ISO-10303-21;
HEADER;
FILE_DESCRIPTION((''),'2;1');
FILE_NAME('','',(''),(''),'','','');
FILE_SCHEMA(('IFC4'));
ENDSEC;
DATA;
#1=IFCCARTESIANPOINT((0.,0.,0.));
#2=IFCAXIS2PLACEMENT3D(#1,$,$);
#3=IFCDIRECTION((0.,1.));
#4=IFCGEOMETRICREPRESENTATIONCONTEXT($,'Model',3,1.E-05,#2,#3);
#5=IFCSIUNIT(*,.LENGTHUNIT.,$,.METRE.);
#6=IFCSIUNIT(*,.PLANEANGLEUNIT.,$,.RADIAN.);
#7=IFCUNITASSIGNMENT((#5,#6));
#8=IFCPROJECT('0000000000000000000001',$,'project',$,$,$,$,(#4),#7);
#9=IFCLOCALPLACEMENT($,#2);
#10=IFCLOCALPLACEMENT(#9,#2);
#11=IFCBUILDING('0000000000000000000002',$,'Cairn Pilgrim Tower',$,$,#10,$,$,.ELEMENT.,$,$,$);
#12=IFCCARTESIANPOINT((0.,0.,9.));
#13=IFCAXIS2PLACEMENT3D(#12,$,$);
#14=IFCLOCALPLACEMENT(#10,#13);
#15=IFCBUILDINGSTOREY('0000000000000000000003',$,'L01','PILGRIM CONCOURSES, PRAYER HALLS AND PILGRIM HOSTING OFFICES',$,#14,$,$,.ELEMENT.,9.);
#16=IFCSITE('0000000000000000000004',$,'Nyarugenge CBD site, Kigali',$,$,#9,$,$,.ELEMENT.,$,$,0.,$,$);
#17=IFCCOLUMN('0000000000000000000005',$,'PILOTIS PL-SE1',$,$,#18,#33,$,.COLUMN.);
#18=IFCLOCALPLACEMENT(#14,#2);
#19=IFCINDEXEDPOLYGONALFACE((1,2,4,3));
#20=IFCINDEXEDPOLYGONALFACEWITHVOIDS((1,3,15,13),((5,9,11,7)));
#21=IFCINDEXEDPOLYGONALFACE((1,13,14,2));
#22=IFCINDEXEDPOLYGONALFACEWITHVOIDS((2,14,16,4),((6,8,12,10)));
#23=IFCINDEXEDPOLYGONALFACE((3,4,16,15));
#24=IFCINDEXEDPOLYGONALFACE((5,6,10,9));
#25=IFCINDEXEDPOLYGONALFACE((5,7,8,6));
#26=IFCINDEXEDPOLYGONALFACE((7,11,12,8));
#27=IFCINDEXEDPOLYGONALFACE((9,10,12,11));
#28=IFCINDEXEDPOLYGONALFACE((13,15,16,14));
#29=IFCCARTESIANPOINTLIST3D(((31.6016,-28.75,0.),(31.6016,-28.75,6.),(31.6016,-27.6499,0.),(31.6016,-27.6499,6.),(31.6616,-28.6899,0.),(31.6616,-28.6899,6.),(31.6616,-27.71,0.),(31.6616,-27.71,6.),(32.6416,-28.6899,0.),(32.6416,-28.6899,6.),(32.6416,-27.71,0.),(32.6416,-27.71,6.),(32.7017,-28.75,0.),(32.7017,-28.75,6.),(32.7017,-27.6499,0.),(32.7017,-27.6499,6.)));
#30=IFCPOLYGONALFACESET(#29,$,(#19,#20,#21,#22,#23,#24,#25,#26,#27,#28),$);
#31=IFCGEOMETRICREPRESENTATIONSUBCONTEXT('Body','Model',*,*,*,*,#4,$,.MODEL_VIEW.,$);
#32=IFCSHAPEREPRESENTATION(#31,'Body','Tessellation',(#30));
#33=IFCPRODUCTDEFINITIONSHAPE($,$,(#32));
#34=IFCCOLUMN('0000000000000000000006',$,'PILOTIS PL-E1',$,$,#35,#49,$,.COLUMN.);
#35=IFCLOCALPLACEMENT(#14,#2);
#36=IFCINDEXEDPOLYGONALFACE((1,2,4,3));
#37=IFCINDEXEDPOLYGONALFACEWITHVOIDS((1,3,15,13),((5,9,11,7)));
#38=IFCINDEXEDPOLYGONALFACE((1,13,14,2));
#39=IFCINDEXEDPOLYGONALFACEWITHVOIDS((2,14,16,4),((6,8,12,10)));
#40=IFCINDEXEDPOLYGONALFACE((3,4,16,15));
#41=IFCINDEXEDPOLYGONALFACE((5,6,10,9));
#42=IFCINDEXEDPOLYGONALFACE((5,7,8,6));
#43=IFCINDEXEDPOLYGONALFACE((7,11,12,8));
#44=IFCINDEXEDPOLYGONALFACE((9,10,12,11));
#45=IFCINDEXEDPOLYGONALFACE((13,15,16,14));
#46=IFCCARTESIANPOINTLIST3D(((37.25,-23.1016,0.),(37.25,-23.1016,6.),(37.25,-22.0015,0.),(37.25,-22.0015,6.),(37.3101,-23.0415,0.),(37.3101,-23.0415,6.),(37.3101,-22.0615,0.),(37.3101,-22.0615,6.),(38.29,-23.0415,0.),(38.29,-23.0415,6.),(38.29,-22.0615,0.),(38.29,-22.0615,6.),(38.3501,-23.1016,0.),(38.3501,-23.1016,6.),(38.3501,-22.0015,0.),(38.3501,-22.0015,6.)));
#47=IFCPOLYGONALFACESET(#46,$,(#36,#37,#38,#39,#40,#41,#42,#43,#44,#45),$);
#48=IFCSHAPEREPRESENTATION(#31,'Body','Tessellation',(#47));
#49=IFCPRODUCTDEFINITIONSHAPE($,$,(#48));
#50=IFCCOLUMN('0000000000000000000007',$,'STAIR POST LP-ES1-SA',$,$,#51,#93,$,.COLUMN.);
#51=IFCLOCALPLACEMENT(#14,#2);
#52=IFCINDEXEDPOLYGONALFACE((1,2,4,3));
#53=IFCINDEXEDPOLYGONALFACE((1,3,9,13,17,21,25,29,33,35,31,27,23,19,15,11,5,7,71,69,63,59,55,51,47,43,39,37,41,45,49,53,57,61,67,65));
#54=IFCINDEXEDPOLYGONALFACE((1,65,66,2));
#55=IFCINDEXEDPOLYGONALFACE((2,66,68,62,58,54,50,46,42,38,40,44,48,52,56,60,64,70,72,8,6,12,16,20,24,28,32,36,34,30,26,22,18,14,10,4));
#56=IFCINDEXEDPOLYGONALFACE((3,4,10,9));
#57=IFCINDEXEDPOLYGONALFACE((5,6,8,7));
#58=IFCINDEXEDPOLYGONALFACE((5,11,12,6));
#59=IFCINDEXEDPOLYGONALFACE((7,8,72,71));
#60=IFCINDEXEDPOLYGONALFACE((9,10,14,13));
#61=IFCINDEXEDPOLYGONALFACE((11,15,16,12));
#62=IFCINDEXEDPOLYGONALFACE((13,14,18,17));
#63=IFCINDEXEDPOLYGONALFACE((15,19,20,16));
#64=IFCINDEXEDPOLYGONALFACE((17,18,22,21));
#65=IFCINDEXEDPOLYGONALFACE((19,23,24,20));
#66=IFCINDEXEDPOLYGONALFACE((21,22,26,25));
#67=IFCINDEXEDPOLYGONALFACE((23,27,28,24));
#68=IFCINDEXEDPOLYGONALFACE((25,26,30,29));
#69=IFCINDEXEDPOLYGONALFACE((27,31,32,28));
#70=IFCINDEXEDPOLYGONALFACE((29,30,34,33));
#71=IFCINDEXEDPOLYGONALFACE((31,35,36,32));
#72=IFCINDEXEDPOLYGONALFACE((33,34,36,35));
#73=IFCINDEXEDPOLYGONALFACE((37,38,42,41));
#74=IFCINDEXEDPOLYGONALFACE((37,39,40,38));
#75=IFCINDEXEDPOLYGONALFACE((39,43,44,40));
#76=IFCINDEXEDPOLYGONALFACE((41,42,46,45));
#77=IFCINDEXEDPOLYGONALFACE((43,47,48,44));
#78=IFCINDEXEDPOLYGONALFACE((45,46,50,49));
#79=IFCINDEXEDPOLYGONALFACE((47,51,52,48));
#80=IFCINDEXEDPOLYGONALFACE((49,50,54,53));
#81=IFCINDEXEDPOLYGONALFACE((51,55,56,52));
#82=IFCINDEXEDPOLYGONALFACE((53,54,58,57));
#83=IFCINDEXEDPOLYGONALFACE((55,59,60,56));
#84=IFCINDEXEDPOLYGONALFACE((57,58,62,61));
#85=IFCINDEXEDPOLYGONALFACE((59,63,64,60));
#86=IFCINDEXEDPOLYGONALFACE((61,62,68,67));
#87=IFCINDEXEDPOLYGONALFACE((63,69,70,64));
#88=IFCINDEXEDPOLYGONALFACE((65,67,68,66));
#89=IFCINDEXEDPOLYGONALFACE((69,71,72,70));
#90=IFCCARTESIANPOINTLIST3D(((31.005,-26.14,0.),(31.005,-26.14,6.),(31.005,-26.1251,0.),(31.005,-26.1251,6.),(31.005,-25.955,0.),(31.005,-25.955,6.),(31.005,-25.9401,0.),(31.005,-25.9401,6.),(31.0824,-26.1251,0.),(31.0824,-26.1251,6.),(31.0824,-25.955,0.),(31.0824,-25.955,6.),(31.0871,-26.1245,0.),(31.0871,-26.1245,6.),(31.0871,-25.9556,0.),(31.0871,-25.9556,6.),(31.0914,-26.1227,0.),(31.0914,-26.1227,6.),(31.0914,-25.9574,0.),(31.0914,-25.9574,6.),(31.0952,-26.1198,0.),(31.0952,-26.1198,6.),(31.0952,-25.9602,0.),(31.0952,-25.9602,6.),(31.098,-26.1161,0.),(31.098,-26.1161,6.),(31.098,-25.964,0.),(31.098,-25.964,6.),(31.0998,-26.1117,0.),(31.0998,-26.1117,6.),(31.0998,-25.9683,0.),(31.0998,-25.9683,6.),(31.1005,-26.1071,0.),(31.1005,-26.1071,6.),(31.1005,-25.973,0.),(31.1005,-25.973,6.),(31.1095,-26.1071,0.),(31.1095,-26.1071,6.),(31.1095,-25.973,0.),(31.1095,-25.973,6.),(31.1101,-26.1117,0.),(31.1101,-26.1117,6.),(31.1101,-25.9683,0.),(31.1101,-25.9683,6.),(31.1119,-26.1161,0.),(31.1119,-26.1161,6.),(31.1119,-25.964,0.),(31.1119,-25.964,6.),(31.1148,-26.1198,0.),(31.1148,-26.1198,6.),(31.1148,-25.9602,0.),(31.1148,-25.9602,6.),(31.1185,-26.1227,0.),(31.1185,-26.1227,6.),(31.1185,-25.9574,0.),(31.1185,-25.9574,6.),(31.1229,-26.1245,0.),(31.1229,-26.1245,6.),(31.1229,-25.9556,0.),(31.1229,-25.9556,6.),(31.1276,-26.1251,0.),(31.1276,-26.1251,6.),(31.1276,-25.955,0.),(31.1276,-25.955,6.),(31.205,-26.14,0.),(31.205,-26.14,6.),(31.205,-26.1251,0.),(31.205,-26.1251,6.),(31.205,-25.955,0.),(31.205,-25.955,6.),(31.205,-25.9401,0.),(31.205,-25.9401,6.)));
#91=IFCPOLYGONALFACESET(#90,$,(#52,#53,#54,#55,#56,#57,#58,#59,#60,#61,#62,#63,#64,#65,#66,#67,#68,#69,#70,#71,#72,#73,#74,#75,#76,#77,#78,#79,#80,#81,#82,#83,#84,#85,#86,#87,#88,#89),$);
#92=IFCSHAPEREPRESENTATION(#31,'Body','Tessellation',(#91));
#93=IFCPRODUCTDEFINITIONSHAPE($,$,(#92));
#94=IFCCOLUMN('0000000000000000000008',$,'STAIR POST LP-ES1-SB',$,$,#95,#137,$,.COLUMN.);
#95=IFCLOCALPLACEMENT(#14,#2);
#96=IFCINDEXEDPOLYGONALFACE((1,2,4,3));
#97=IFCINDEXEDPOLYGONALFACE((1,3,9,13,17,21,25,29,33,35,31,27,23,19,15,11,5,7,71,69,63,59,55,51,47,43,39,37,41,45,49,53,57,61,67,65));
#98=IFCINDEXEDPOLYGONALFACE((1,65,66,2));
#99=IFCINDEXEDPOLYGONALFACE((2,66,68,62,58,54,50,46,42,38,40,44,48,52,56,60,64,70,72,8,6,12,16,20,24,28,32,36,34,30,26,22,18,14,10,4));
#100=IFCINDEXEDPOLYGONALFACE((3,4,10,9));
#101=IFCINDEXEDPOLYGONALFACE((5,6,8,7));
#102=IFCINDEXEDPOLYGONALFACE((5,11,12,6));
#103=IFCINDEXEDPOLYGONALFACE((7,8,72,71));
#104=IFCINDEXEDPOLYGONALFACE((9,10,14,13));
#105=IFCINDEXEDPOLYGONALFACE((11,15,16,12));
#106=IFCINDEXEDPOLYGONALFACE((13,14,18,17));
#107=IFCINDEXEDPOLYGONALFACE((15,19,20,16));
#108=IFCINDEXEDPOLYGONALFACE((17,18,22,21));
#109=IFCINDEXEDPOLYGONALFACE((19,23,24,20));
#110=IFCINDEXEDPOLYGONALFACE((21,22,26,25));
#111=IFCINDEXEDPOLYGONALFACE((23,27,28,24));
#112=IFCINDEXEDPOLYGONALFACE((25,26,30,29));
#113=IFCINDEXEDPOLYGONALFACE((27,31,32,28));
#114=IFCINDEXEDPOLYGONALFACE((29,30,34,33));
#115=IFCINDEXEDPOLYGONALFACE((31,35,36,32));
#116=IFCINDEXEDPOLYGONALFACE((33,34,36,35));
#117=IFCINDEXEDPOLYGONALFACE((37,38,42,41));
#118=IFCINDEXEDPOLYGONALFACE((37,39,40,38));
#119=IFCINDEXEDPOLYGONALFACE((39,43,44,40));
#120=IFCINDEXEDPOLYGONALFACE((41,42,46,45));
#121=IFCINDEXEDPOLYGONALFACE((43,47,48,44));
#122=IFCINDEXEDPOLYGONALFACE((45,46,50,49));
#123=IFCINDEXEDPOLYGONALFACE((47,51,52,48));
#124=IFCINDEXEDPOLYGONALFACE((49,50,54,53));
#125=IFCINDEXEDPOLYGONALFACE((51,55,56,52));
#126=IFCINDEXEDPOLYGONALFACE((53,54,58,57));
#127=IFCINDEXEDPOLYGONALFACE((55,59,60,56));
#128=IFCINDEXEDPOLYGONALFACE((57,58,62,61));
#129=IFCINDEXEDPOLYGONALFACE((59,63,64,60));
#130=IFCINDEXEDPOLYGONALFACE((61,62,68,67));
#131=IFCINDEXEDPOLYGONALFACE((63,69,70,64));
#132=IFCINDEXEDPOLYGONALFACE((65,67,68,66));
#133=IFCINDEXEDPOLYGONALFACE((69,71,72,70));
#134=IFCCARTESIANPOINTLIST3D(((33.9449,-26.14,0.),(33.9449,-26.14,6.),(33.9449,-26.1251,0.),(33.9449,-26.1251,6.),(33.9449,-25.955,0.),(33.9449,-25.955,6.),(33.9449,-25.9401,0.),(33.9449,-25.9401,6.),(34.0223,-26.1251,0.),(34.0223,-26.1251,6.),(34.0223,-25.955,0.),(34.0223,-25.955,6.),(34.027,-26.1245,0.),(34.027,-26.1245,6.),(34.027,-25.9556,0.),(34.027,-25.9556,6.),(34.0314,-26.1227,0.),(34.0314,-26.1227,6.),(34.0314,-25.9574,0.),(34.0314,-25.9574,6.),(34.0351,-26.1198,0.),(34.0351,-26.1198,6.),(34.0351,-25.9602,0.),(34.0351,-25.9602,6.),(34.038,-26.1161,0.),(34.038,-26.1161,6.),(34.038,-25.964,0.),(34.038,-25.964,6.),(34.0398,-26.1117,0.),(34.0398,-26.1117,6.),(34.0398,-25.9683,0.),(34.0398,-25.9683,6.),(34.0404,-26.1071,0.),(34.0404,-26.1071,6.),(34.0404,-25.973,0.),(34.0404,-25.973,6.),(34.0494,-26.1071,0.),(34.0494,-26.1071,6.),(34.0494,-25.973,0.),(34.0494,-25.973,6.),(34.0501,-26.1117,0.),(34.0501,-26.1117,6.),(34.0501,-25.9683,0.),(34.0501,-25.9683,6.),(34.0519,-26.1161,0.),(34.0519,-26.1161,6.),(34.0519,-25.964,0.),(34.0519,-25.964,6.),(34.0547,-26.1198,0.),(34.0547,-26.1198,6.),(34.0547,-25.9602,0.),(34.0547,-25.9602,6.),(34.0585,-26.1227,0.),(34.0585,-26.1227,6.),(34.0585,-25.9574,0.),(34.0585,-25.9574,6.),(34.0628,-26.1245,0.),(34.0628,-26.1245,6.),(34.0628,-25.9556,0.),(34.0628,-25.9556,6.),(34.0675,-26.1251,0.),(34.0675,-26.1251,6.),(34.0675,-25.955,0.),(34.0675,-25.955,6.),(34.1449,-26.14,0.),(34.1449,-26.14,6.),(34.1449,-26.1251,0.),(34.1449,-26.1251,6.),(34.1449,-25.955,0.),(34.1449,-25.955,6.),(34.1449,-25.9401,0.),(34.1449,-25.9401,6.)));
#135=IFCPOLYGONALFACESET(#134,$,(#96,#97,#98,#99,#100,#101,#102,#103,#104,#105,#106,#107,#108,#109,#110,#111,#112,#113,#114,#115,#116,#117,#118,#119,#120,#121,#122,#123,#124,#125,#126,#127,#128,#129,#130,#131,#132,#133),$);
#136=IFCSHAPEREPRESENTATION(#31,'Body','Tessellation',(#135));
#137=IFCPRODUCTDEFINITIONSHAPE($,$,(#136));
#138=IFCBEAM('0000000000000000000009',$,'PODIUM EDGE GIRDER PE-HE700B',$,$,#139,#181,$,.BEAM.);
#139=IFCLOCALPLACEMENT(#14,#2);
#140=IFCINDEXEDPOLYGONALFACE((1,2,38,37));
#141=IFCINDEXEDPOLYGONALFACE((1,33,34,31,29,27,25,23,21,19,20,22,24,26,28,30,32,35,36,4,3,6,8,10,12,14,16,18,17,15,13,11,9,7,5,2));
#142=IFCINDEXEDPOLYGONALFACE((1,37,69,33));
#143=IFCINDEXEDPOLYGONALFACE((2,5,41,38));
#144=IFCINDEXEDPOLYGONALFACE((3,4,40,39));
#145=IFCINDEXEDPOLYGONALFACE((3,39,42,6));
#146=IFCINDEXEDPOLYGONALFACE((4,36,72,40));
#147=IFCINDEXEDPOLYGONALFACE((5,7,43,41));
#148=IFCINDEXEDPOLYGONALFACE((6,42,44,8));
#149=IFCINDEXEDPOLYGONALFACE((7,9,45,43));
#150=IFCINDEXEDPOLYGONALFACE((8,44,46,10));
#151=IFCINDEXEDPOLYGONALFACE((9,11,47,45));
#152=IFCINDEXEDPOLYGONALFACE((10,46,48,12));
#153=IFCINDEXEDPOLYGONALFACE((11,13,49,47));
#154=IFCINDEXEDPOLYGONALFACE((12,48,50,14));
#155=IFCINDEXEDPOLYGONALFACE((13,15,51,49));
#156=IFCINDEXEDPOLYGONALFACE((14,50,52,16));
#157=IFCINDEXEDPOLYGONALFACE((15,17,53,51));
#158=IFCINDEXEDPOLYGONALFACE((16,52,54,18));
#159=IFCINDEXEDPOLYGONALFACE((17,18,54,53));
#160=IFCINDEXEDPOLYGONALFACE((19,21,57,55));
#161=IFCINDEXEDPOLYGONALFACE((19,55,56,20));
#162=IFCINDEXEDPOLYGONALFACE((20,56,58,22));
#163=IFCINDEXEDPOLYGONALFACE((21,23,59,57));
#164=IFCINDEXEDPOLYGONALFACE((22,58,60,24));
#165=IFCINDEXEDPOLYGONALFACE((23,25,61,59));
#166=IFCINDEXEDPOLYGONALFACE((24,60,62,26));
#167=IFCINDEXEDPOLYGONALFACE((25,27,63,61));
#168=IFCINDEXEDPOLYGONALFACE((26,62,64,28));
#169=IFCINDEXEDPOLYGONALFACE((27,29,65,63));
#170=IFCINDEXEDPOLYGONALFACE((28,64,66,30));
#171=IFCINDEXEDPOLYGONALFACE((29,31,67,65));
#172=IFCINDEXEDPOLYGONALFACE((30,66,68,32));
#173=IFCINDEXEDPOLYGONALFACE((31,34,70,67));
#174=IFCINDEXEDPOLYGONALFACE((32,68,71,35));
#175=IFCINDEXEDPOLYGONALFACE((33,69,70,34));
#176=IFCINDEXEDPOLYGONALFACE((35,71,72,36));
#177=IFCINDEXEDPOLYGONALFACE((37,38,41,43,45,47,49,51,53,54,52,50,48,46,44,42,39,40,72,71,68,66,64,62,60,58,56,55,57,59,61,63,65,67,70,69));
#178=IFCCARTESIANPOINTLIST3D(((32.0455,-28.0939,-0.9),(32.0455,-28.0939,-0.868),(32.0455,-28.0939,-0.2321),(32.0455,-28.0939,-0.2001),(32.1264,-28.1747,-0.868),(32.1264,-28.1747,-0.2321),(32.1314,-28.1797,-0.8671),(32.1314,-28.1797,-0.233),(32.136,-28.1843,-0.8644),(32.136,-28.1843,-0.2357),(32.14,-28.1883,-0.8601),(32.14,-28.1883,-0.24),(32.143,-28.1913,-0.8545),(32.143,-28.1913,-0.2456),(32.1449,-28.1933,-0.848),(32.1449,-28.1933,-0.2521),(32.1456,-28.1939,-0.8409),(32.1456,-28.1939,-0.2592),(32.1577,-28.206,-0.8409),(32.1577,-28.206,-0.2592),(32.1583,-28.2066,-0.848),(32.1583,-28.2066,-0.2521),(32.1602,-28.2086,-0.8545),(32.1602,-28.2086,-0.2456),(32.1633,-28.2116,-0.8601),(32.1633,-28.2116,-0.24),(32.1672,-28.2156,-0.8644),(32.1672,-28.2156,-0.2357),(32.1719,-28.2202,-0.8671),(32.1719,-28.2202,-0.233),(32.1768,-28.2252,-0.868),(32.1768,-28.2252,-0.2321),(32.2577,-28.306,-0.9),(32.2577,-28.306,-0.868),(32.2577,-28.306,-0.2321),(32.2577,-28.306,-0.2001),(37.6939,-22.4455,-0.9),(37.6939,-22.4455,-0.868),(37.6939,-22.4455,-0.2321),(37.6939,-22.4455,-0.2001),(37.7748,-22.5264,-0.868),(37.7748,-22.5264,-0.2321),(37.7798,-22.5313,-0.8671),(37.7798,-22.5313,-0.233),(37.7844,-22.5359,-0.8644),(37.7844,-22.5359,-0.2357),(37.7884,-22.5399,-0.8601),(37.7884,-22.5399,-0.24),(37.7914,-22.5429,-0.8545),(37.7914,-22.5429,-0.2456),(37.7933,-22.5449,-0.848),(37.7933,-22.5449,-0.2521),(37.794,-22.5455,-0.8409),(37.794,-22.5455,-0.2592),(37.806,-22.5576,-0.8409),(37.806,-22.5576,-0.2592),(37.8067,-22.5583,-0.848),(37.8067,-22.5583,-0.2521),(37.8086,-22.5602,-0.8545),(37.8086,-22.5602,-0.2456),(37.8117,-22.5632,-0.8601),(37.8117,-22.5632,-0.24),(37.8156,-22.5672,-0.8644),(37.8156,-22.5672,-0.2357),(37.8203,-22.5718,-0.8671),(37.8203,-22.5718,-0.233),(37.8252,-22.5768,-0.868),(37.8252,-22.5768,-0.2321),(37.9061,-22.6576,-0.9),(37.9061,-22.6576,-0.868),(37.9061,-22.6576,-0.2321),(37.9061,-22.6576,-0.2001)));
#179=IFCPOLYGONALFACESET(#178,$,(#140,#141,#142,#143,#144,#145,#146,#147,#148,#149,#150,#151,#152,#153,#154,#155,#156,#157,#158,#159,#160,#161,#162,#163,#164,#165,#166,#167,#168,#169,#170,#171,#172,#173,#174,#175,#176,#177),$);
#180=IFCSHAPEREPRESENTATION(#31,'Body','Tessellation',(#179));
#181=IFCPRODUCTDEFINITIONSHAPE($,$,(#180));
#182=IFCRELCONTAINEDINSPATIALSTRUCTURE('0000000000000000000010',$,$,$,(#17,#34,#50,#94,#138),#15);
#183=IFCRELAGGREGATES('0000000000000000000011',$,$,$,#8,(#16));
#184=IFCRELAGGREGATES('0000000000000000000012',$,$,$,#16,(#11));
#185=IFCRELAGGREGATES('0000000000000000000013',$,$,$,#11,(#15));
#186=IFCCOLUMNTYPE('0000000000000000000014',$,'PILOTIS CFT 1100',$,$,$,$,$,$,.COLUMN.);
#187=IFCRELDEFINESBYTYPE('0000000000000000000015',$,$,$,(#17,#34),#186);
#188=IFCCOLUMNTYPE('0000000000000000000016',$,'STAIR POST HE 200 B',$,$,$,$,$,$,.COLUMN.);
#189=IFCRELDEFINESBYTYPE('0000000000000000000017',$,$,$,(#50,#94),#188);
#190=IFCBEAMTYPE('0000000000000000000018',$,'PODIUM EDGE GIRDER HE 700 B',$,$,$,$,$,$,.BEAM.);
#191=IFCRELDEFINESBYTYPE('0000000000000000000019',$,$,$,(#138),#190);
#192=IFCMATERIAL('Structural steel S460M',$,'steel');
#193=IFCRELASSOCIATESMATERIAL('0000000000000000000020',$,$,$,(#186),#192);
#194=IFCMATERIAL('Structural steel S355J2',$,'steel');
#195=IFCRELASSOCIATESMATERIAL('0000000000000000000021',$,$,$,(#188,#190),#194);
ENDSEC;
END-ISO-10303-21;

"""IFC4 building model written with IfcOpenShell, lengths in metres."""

from ifc_helpers import new_model, si_unit, direction, frame, origin, origin_2d, place, context, subcontext, project, spatial, hollow_rectangle, i_section, extrude, material, material_profile, profile_set, type_object, element, save


model = new_model("IFC4")

# Units and contexts
model_context = context("Model", 3, precision=1e-05, world=origin(), true_north=direction((0.0, 1.0)))
body_context = subcontext(model_context, "Body", "Model", "MODEL_VIEW")
ifc_project = project(units=[si_unit("LENGTHUNIT", "METRE"), si_unit("PLANEANGLEUNIT", "RADIAN")], contexts=[model_context])

# Site, building, storey
site_placement = place(None, origin())
site = spatial("IfcSite", under=ifc_project, at=site_placement, Name="Nyarugenge CBD site, Kigali", CompositionType="ELEMENT", RefElevation=0.0)
building_placement = place(site_placement, origin())
building = spatial("IfcBuilding", under=site, at=building_placement, Name="Cairn Pilgrim Tower", CompositionType="ELEMENT")
storey_placement = place(building_placement, frame((0.0, 0.0, 9.0)))
storey = spatial("IfcBuildingStorey", under=building, at=storey_placement, Name="L01", Description="PILGRIM CONCOURSES, PRAYER HALLS AND PILGRIM HOSTING OFFICES", CompositionType="ELEMENT", Elevation=9.0)

# Columns
ifc_material_1 = material(Name="Structural steel S460M", Category="steel")
ifc_material_profile_1 = material_profile(ifc_material_1, hollow_rectangle(XDim=1.1001, YDim=1.1001, WallThickness=0.0601, at=origin_2d()), Name="BOX 1100x1100x60")
ifc_profile_set_1 = profile_set([ifc_material_profile_1], Name="Structural steel S460M")
column_type_1 = type_object("IfcColumnType", Name="PILOTIS CFT 1100", PredefinedType="COLUMN", material=ifc_profile_set_1)
for number, where, z_axis, x_axis, name in (
    (1, (32.1516, -28.2, 0.0), (0.0, 0.0, 1.0), (1.0, 0.0, 0.0), "PILOTIS PL-SE1"),
    (2, (37.8, -22.5515, 0.0), (0.0, 0.0, 1.0), (1.0, 0.0, 0.0), "PILOTIS PL-E1"),
):
    element("IfcColumn", number, at=place(storey_placement, frame(where, z_axis=z_axis, x_axis=x_axis)), inside=storey, type_object=column_type_1, Name=name, PredefinedType="COLUMN", context=body_context, shape_type="SweptSolid", body=[
        extrude(hollow_rectangle(XDim=1.1001, YDim=1.1001, WallThickness=0.0601, at=origin_2d()), origin(), (0.0, 0.0, 1.0), 6.0),
    ])
ifc_material_2 = material(Name="Structural steel S355J2", Category="steel")
ifc_material_profile_2 = material_profile(ifc_material_2, i_section(OverallWidth=0.2, OverallDepth=0.2, WebThickness=0.009, FlangeThickness=0.0149, FilletRadius=0.0181, at=origin_2d()), Name="HE 200 B")
ifc_profile_set_2 = profile_set([ifc_material_profile_2], Name="Structural steel S355J2")
column_type_2 = type_object("IfcColumnType", Name="STAIR POST HE 200 B", PredefinedType="COLUMN", material=ifc_profile_set_2)
for number, where, z_axis, x_axis, name in (
    (3, (31.105, -26.04, 0.0), (0.0, 0.0, 1.0), (1.0, 0.0, 0.0), "STAIR POST LP-ES1-SA"),
    (4, (34.0449, -26.04, 0.0), (0.0, 0.0, 1.0), (1.0, 0.0, 0.0), "STAIR POST LP-ES1-SB"),
):
    element("IfcColumn", number, at=place(storey_placement, frame(where, z_axis=z_axis, x_axis=x_axis)), inside=storey, type_object=column_type_2, Name=name, PredefinedType="COLUMN", context=body_context, shape_type="SweptSolid", body=[
        extrude(i_section(OverallWidth=0.2, OverallDepth=0.2, WebThickness=0.009, FlangeThickness=0.0149, FilletRadius=0.0181, at=origin_2d()), origin(), (0.0, 0.0, 1.0), 6.0),
    ])

# Beam
ifc_material_profile_3 = material_profile(ifc_material_2, i_section(OverallWidth=0.3, OverallDepth=0.7, WebThickness=0.0171, FlangeThickness=0.032, FilletRadius=0.0271, at=origin_2d()), Name="HEB 700")
ifc_profile_set_3 = profile_set([ifc_material_profile_3], Name="Structural steel S355J2")
beam_type_1 = type_object("IfcBeamType", Name="PODIUM EDGE GIRDER HE 700 B", PredefinedType="BEAM", material=ifc_profile_set_3)
beam_1_placement = place(storey_placement, frame((32.1516, -28.2, -0.55), z_axis=(0.707107, 0.707107, 0.0), x_axis=(-0.707107, 0.707107, 0.0)))
element("IfcBeam", 5, at=beam_1_placement, inside=storey, type_object=beam_type_1, Name="PODIUM EDGE GIRDER PE-HE700B", PredefinedType="BEAM", context=body_context, shape_type="SweptSolid", body=[
    extrude(i_section(OverallWidth=0.3, OverallDepth=0.7, WebThickness=0.0171, FlangeThickness=0.032, FilletRadius=0.0271, at=origin_2d()), origin(), (0.0, 0.0, 1.0), 7.988),
])

save(model, "model.ifc")
